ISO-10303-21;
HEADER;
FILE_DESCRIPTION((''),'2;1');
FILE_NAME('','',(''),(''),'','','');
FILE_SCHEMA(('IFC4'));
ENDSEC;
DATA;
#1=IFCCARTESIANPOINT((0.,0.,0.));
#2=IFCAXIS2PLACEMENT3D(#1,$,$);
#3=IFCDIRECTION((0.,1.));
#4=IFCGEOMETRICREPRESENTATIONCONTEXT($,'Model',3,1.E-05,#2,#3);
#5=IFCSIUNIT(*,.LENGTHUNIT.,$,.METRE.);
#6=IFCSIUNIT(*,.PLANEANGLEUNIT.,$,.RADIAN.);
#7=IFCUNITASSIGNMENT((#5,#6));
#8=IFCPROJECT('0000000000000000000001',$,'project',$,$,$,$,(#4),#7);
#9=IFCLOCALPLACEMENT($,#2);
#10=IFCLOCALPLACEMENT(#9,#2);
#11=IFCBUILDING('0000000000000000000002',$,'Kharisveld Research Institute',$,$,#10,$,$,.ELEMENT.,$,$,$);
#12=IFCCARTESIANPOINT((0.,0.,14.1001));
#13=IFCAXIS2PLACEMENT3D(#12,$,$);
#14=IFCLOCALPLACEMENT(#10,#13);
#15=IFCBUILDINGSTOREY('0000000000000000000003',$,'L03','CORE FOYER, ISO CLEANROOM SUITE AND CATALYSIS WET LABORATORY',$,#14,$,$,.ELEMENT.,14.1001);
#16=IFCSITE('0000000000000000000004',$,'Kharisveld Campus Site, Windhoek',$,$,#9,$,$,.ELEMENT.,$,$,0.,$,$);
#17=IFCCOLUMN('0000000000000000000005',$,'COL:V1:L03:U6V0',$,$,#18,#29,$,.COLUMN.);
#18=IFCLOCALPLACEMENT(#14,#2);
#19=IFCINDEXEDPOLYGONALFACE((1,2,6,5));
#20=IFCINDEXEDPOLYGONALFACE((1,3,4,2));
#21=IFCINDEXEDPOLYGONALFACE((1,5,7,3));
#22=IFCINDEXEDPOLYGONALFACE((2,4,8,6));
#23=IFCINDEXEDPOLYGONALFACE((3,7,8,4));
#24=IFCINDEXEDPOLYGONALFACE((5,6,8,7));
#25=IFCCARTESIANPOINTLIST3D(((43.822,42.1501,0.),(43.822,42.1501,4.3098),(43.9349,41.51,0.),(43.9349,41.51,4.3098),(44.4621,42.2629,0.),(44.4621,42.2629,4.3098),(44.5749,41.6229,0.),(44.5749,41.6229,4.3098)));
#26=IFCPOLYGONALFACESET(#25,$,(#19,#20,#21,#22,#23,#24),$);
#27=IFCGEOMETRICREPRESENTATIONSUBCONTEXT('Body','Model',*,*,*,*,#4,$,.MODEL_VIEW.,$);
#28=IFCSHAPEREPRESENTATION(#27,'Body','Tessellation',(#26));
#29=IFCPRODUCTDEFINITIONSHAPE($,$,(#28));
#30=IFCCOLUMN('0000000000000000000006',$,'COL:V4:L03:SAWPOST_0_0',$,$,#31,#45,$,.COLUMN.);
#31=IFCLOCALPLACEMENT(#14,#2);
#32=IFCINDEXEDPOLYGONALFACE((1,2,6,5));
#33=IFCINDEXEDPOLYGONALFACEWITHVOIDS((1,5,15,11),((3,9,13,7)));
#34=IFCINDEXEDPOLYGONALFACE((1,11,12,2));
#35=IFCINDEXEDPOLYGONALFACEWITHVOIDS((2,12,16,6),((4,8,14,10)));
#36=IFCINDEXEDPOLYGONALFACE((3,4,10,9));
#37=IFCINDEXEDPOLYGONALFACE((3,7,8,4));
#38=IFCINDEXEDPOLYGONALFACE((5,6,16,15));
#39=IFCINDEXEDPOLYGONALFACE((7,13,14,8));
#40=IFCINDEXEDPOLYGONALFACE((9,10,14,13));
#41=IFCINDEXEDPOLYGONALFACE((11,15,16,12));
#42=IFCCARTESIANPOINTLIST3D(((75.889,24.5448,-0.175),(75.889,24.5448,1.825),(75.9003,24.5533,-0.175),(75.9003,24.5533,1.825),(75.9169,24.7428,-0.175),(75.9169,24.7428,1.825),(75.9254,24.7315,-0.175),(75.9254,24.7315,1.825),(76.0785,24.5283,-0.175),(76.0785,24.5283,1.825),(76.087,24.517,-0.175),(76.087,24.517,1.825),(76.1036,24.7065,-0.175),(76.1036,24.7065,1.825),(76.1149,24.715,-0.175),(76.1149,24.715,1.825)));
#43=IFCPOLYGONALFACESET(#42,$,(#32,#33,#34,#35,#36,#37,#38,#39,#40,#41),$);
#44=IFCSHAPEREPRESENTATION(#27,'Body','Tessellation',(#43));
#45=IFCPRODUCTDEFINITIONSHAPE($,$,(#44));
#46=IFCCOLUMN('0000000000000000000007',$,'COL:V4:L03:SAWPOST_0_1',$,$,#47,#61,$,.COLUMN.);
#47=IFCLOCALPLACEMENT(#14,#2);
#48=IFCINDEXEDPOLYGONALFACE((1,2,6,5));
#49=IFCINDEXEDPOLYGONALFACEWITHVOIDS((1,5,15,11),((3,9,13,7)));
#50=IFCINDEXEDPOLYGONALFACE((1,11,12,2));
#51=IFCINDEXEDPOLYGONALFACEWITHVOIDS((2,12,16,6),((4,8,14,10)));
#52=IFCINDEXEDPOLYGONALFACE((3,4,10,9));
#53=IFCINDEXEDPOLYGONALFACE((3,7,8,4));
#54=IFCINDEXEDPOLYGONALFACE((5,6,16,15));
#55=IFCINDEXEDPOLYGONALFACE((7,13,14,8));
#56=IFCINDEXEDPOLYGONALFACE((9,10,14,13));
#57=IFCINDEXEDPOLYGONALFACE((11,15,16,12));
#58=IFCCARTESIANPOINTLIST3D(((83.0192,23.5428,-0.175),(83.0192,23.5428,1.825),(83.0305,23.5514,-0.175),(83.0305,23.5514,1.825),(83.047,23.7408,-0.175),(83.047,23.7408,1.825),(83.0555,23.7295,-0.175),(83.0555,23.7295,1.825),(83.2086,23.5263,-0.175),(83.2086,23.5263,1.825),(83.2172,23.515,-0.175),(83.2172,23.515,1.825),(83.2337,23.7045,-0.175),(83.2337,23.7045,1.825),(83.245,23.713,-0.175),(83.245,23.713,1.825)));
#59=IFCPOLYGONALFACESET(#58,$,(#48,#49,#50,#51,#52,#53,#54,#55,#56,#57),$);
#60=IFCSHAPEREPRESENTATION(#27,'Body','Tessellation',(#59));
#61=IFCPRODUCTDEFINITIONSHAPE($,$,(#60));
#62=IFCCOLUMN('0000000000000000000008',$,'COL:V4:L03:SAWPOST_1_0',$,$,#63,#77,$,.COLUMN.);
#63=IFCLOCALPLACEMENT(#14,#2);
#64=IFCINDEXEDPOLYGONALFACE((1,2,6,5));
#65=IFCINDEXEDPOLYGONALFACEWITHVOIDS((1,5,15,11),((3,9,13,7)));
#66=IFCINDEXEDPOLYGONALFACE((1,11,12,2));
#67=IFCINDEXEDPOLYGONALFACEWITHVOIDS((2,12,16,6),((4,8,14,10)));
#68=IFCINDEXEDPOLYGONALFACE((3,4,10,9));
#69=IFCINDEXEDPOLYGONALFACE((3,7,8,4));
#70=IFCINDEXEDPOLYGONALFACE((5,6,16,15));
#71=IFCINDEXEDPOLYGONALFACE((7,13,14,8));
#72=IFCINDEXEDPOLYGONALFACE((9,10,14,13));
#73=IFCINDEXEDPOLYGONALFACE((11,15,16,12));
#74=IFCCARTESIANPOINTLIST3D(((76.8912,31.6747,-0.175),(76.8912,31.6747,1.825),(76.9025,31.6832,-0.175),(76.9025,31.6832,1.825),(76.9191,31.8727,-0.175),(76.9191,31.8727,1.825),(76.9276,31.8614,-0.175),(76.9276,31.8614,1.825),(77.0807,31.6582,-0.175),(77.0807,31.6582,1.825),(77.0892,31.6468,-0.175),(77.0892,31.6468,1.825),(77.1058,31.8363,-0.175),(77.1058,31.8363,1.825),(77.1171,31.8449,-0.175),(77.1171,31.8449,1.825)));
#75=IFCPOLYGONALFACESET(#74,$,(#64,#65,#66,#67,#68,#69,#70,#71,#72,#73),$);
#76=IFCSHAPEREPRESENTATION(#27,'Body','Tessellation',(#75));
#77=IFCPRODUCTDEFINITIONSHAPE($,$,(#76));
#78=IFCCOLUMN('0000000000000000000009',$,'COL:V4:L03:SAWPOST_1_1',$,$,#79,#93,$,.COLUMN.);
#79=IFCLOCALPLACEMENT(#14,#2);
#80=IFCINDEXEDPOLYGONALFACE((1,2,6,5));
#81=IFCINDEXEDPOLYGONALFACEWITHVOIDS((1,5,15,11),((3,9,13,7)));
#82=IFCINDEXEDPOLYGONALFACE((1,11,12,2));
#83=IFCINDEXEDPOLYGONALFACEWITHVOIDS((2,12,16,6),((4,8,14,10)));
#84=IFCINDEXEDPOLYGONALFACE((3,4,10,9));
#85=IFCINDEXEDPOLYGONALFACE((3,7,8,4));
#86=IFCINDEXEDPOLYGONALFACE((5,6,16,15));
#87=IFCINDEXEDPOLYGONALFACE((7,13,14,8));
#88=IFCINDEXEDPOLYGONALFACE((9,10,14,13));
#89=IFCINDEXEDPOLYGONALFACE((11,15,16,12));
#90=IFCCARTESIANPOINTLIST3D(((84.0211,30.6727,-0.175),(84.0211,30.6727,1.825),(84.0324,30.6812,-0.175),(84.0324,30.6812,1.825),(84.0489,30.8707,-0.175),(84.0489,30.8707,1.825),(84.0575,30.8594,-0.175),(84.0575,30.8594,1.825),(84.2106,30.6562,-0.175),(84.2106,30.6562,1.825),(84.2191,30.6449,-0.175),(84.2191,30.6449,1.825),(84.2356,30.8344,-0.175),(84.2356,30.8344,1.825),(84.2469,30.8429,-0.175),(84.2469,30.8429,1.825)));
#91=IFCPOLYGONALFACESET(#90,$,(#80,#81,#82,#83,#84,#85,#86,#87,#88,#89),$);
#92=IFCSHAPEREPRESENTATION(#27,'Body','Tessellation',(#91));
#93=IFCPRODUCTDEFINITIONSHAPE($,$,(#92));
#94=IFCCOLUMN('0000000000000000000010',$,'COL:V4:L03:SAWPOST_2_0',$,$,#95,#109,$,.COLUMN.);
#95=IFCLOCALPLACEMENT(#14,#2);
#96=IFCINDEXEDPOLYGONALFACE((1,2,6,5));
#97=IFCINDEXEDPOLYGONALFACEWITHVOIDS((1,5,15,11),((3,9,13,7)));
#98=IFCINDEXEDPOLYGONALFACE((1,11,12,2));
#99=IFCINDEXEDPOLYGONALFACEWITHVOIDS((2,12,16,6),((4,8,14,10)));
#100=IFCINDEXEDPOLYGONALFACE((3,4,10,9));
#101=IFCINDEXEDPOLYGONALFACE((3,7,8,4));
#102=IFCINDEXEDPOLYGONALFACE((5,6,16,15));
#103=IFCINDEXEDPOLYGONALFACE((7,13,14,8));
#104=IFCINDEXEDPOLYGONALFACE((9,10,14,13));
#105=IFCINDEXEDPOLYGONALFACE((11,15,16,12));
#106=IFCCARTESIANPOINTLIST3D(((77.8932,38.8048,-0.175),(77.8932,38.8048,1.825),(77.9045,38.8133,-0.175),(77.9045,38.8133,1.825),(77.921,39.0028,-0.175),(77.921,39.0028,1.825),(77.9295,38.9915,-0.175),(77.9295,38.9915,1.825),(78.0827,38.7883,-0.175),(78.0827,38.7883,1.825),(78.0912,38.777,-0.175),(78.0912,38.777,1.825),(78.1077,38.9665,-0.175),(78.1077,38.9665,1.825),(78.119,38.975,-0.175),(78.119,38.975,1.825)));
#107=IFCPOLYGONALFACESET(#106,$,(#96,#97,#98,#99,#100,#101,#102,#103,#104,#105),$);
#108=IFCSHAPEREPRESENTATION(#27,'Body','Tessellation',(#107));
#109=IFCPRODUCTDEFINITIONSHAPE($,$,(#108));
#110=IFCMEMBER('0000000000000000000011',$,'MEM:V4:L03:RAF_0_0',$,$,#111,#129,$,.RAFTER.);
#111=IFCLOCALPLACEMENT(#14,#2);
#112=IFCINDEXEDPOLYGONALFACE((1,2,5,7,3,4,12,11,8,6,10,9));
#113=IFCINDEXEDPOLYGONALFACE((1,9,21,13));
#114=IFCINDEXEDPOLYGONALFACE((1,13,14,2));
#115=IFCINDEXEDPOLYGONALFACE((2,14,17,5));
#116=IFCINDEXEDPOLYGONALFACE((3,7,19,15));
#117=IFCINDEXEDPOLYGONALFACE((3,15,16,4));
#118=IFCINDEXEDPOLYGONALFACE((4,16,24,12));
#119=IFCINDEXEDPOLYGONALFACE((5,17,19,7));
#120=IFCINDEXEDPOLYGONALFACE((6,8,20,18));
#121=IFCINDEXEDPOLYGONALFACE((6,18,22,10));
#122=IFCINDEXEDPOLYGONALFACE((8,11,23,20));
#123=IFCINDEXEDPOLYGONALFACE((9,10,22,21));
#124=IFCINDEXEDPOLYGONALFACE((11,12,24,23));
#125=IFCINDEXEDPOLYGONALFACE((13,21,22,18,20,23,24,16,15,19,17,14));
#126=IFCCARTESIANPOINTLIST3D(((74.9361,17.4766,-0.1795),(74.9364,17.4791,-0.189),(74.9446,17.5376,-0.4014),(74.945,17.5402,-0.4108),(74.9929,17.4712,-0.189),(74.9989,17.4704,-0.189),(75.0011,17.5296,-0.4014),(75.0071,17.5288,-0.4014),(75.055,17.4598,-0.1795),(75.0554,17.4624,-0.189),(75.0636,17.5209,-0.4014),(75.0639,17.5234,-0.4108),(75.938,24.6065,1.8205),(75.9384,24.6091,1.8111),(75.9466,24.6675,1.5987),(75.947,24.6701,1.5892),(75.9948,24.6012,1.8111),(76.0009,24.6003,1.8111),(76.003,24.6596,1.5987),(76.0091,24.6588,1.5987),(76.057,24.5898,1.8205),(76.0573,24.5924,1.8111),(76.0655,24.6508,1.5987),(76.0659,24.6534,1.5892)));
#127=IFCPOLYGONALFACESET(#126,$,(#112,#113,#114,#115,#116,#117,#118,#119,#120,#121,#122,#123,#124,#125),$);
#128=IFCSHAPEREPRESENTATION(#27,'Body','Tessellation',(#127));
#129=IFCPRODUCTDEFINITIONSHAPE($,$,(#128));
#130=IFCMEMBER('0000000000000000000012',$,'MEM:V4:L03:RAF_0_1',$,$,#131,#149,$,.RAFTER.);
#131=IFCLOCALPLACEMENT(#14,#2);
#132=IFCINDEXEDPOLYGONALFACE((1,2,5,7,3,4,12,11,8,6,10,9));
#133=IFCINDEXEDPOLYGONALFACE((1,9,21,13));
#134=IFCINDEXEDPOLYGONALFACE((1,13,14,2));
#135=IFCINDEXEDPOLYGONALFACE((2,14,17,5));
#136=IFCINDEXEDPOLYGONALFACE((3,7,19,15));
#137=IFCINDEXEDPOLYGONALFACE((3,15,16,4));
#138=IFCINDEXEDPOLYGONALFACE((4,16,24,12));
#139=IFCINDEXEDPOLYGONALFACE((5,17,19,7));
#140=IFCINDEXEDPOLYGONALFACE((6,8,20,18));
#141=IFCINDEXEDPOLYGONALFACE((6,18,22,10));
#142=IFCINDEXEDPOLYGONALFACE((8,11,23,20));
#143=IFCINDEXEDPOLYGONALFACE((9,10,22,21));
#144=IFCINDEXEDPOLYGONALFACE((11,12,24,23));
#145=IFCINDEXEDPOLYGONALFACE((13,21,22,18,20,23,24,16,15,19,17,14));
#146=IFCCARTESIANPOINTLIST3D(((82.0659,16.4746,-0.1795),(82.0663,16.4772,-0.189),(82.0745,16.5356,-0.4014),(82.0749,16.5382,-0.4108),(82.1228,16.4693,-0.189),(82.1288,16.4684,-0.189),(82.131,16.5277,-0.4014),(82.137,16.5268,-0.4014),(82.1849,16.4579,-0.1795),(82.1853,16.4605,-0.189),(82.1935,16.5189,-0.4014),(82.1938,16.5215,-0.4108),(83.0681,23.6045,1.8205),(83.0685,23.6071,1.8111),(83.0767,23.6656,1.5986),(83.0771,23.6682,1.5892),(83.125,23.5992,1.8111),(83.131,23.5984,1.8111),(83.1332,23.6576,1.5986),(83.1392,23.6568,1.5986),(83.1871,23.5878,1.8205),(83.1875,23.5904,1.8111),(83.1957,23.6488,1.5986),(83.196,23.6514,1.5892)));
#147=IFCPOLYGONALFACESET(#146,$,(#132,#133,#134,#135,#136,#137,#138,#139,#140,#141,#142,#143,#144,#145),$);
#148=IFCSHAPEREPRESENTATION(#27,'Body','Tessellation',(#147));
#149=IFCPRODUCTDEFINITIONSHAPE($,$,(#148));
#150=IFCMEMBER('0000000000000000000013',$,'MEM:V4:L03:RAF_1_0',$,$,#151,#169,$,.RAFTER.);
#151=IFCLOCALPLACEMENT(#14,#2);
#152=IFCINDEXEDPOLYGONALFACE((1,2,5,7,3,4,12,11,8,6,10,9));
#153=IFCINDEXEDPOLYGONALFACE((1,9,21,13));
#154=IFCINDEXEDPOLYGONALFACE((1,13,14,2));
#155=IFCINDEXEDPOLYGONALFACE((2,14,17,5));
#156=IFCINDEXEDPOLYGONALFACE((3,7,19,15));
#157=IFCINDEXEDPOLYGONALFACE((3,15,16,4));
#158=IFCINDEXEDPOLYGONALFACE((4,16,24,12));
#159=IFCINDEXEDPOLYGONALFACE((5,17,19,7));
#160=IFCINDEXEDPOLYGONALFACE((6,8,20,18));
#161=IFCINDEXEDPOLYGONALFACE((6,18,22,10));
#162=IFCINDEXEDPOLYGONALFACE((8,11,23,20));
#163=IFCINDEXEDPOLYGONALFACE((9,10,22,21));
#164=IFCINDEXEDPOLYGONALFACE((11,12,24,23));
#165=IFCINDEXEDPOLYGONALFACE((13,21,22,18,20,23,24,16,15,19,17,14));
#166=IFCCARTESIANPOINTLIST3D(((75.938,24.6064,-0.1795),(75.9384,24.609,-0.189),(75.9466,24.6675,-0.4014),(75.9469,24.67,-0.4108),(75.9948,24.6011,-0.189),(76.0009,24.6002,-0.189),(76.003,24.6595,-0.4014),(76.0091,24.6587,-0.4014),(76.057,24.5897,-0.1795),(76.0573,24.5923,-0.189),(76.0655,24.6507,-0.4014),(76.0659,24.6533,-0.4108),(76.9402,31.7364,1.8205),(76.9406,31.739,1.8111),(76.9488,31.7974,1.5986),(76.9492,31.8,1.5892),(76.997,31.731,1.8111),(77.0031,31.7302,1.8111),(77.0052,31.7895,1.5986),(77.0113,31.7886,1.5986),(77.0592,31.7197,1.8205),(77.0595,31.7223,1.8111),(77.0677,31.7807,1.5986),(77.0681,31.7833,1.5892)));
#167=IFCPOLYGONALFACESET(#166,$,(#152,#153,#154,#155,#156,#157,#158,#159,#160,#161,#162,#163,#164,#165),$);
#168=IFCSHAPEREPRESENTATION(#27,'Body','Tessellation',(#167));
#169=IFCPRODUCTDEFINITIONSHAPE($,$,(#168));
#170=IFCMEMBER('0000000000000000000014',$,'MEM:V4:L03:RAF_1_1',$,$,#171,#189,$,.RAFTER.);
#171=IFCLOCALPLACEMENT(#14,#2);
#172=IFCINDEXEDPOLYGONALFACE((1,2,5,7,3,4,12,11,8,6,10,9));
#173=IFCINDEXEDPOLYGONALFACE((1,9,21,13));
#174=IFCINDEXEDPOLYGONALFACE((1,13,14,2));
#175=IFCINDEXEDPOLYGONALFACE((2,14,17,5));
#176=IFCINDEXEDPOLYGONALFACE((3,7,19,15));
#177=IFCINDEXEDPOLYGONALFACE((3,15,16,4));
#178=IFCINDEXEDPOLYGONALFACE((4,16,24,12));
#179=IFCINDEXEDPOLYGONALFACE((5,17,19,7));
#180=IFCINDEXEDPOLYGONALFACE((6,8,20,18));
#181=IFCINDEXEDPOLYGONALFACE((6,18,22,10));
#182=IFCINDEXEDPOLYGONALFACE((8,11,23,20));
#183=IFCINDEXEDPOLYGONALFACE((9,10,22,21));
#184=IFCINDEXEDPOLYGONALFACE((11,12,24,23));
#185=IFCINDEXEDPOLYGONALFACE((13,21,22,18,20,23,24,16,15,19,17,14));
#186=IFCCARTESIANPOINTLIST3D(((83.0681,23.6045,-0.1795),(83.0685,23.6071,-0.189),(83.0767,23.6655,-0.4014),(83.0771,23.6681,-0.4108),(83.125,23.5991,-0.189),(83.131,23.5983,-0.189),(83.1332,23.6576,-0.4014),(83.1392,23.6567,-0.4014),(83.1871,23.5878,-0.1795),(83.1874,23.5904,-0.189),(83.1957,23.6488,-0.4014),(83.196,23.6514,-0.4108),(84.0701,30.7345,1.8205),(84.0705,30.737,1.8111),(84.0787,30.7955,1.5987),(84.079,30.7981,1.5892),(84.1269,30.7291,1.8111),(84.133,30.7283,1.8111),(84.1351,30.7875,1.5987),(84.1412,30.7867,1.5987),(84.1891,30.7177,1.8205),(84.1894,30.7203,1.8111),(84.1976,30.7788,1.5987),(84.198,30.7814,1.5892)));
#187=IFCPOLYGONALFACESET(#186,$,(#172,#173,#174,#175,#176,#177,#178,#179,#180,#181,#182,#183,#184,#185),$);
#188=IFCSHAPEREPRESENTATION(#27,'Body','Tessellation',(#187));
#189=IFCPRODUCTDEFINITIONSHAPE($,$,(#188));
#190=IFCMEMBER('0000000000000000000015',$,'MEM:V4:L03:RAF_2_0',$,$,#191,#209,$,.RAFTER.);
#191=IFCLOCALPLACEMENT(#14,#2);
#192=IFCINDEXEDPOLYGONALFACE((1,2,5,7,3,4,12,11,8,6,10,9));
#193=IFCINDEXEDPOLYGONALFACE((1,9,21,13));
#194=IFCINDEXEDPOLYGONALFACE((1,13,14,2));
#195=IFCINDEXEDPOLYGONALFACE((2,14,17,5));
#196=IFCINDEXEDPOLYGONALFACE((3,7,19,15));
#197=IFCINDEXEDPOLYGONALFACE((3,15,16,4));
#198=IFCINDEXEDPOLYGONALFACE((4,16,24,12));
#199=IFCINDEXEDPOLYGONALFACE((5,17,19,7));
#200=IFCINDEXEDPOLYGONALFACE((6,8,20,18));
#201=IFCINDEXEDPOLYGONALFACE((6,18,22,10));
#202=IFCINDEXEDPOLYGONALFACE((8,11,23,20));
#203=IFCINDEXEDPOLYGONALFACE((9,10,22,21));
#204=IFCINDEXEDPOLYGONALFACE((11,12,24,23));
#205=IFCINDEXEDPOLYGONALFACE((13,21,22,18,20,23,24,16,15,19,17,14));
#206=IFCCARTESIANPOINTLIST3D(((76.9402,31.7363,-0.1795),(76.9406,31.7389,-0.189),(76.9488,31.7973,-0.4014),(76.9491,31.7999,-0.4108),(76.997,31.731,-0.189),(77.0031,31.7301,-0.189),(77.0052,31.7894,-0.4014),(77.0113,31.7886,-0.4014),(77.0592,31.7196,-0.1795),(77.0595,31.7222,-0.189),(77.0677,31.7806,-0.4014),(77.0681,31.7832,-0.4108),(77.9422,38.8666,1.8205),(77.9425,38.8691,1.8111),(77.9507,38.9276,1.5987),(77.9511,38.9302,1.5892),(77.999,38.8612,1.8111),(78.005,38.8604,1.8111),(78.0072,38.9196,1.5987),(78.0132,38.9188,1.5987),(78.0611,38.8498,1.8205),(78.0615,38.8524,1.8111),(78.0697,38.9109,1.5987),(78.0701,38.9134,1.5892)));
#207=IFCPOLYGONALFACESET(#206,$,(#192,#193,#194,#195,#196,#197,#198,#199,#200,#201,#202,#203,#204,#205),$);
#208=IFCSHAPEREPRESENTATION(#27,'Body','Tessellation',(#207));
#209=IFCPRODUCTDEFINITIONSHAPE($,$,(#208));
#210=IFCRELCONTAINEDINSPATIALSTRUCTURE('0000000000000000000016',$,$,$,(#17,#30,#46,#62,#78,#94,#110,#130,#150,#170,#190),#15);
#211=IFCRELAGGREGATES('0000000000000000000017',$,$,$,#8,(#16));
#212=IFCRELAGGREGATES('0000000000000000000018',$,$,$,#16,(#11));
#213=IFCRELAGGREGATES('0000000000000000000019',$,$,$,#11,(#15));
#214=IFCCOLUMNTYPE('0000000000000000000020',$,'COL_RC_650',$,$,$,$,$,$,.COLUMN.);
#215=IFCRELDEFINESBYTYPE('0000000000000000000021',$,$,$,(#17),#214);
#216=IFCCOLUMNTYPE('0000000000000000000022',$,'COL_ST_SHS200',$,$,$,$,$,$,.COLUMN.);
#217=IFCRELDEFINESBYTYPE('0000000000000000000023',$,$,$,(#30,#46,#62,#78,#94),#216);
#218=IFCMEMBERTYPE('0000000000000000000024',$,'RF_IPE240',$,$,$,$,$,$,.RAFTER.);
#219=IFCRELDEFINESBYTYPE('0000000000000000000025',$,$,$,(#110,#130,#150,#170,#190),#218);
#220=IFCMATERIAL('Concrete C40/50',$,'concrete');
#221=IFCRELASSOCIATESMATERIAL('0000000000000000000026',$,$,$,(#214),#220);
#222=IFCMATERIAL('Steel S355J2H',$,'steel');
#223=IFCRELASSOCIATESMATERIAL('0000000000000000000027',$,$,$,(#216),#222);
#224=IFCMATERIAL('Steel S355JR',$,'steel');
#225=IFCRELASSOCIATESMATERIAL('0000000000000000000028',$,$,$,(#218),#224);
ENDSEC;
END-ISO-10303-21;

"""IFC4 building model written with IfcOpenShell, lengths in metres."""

from ifc_helpers import new_model, si_unit, direction, frame, origin, origin_2d, place, context, subcontext, project, spatial, rectangle, hollow_rectangle, i_section, extrude, material, material_profile, profile_set, type_object, element, save


model = new_model("IFC4")

# Units and contexts
model_context = context("Model", 3, precision=1e-05, world=origin(), true_north=direction((0.0, 1.0)))
body_context = subcontext(model_context, "Body", "Model", "MODEL_VIEW")
ifc_project = project(units=[si_unit("LENGTHUNIT", "METRE"), si_unit("PLANEANGLEUNIT", "RADIAN")], contexts=[model_context])

# Site, building, storey
site_placement = place(None, origin())
site = spatial("IfcSite", under=ifc_project, at=site_placement, Name="Kharisveld Campus Site, Windhoek", CompositionType="ELEMENT", RefElevation=0.0)
building_placement = place(site_placement, origin())
building = spatial("IfcBuilding", under=site, at=building_placement, Name="Kharisveld Research Institute", CompositionType="ELEMENT")
storey_placement = place(building_placement, frame((0.0, 0.0, 14.1001)))
storey = spatial("IfcBuildingStorey", under=building, at=storey_placement, Name="L03", Description="CORE FOYER, ISO CLEANROOM SUITE AND CATALYSIS WET LABORATORY", CompositionType="ELEMENT", Elevation=14.1001)

# Columns
ifc_material_1 = material(Name="Concrete C40/50", Category="concrete")
ifc_material_profile_1 = material_profile(ifc_material_1, rectangle(XDim=0.6499, YDim=0.6499, at=origin_2d()))
ifc_profile_set_1 = profile_set([ifc_material_profile_1], Name="Concrete C40/50")
column_type_1 = type_object("IfcColumnType", Name="COL_RC_650", PredefinedType="COLUMN", material=ifc_profile_set_1)
column_placement = place(storey_placement, frame((44.1985, 41.8865, 0.0), z_axis=(0.0, 0.0, 1.0), x_axis=(0.984808, 0.173648, 0.0)))
element("IfcColumn", 1, at=column_placement, inside=storey, type_object=column_type_1, Name="COL:V1:L03:U6V0", PredefinedType="COLUMN", context=body_context, shape_type="SweptSolid", body=[
    extrude(rectangle(XDim=0.6499, YDim=0.6499, at=origin_2d()), origin(), (0.0, 0.0, 1.0), 4.3098),
])
ifc_material_2 = material(Name="Steel S355J2H", Category="steel")
ifc_material_profile_2 = material_profile(ifc_material_2, hollow_rectangle(XDim=0.2, YDim=0.2, WallThickness=0.01, at=origin_2d()))
ifc_profile_set_2 = profile_set([ifc_material_profile_2], Name="Steel S355J2H")
column_type_2 = type_object("IfcColumnType", Name="COL_ST_SHS200", PredefinedType="COLUMN", material=ifc_profile_set_2)
for number, where, z_axis, x_axis, name in (
    (2, (76.002, 24.6299, -0.175), (0.0, 0.0, 1.0), (0.990268, -0.139173, 0.0), "COL:V4:L03:SAWPOST_0_0"),
    (3, (83.1321, 23.6279, -0.175), (0.0, 0.0, 1.0), (0.990268, -0.139173, 0.0), "COL:V4:L03:SAWPOST_0_1"),
    (4, (77.0042, 31.7598, -0.175), (0.0, 0.0, 1.0), (0.990268, -0.139173, 0.0), "COL:V4:L03:SAWPOST_1_0"),
    (5, (84.134, 30.7578, -0.175), (0.0, 0.0, 1.0), (0.990268, -0.139173, 0.0), "COL:V4:L03:SAWPOST_1_1"),
    (6, (78.0061, 38.8899, -0.175), (0.0, 0.0, 1.0), (0.990268, -0.139173, 0.0), "COL:V4:L03:SAWPOST_2_0"),
):
    element("IfcColumn", number, at=place(storey_placement, frame(where, z_axis=z_axis, x_axis=x_axis)), inside=storey, type_object=column_type_2, Name=name, PredefinedType="COLUMN", context=body_context, shape_type="SweptSolid", body=[
        extrude(hollow_rectangle(XDim=0.2, YDim=0.2, WallThickness=0.01, at=origin_2d()), origin(), (0.0, 0.0, 1.0), 2.0),
    ])

# Members
ifc_material_3 = material(Name="Steel S355JR", Category="steel")
ifc_material_profile_3 = material_profile(ifc_material_3, i_section(OverallWidth=0.1201, OverallDepth=0.24, WebThickness=0.0061, FlangeThickness=0.0098, at=origin_2d()))
ifc_profile_set_3 = profile_set([ifc_material_profile_3], Name="Steel S355JR")
member_type = type_object("IfcMemberType", Name="RF_IPE240", PredefinedType="RAFTER", material=ifc_profile_set_3)
for number, where, z_axis, x_axis, name in (
    (7, (75.0, 17.5, -0.2952), (0.134084, 0.954142, 0.267646), (-0.99027, 0.139161, 0.0), "MEM:V4:L03:RAF_0_0"),
    (8, (82.1299, 16.498, -0.2952), (0.134116, 0.954138, 0.267645), (-0.990265, 0.139195, 0.0), "MEM:V4:L03:RAF_0_1"),
    (9, (76.002, 24.6299, -0.2952), (0.134116, 0.954138, 0.267645), (-0.990265, 0.139195, 0.0), "MEM:V4:L03:RAF_1_0"),
    (10, (83.1321, 23.6279, -0.2952), (0.134084, 0.954142, 0.267646), (-0.99027, 0.139161, 0.0), "MEM:V4:L03:RAF_1_1"),
):
    element("IfcMember", number, at=place(storey_placement, frame(where, z_axis=z_axis, x_axis=x_axis)), inside=storey, type_object=member_type, Name=name, PredefinedType="RAFTER", context=body_context, shape_type="SweptSolid", body=[
        extrude(i_section(OverallWidth=0.1201, OverallDepth=0.24, WebThickness=0.0061, FlangeThickness=0.0098, at=origin_2d()), origin(), (0.0, 0.0, 1.0), 7.4727),
    ])
member_1_placement = place(storey_placement, frame((77.0042, 31.7598, -0.2952), z_axis=(0.13408, 0.954145, 0.267638), x_axis=(-0.99027, 0.139157, 0.0)))
element("IfcMember", 11, at=member_1_placement, inside=storey, type_object=member_type, Name="MEM:V4:L03:RAF_2_0", PredefinedType="RAFTER", context=body_context, shape_type="SweptSolid", body=[
    extrude(i_section(OverallWidth=0.1201, OverallDepth=0.24, WebThickness=0.0061, FlangeThickness=0.0098, at=origin_2d()), origin(), (0.0, 0.0, 1.0), 7.4729),
])

save(model, "model.ifc")
